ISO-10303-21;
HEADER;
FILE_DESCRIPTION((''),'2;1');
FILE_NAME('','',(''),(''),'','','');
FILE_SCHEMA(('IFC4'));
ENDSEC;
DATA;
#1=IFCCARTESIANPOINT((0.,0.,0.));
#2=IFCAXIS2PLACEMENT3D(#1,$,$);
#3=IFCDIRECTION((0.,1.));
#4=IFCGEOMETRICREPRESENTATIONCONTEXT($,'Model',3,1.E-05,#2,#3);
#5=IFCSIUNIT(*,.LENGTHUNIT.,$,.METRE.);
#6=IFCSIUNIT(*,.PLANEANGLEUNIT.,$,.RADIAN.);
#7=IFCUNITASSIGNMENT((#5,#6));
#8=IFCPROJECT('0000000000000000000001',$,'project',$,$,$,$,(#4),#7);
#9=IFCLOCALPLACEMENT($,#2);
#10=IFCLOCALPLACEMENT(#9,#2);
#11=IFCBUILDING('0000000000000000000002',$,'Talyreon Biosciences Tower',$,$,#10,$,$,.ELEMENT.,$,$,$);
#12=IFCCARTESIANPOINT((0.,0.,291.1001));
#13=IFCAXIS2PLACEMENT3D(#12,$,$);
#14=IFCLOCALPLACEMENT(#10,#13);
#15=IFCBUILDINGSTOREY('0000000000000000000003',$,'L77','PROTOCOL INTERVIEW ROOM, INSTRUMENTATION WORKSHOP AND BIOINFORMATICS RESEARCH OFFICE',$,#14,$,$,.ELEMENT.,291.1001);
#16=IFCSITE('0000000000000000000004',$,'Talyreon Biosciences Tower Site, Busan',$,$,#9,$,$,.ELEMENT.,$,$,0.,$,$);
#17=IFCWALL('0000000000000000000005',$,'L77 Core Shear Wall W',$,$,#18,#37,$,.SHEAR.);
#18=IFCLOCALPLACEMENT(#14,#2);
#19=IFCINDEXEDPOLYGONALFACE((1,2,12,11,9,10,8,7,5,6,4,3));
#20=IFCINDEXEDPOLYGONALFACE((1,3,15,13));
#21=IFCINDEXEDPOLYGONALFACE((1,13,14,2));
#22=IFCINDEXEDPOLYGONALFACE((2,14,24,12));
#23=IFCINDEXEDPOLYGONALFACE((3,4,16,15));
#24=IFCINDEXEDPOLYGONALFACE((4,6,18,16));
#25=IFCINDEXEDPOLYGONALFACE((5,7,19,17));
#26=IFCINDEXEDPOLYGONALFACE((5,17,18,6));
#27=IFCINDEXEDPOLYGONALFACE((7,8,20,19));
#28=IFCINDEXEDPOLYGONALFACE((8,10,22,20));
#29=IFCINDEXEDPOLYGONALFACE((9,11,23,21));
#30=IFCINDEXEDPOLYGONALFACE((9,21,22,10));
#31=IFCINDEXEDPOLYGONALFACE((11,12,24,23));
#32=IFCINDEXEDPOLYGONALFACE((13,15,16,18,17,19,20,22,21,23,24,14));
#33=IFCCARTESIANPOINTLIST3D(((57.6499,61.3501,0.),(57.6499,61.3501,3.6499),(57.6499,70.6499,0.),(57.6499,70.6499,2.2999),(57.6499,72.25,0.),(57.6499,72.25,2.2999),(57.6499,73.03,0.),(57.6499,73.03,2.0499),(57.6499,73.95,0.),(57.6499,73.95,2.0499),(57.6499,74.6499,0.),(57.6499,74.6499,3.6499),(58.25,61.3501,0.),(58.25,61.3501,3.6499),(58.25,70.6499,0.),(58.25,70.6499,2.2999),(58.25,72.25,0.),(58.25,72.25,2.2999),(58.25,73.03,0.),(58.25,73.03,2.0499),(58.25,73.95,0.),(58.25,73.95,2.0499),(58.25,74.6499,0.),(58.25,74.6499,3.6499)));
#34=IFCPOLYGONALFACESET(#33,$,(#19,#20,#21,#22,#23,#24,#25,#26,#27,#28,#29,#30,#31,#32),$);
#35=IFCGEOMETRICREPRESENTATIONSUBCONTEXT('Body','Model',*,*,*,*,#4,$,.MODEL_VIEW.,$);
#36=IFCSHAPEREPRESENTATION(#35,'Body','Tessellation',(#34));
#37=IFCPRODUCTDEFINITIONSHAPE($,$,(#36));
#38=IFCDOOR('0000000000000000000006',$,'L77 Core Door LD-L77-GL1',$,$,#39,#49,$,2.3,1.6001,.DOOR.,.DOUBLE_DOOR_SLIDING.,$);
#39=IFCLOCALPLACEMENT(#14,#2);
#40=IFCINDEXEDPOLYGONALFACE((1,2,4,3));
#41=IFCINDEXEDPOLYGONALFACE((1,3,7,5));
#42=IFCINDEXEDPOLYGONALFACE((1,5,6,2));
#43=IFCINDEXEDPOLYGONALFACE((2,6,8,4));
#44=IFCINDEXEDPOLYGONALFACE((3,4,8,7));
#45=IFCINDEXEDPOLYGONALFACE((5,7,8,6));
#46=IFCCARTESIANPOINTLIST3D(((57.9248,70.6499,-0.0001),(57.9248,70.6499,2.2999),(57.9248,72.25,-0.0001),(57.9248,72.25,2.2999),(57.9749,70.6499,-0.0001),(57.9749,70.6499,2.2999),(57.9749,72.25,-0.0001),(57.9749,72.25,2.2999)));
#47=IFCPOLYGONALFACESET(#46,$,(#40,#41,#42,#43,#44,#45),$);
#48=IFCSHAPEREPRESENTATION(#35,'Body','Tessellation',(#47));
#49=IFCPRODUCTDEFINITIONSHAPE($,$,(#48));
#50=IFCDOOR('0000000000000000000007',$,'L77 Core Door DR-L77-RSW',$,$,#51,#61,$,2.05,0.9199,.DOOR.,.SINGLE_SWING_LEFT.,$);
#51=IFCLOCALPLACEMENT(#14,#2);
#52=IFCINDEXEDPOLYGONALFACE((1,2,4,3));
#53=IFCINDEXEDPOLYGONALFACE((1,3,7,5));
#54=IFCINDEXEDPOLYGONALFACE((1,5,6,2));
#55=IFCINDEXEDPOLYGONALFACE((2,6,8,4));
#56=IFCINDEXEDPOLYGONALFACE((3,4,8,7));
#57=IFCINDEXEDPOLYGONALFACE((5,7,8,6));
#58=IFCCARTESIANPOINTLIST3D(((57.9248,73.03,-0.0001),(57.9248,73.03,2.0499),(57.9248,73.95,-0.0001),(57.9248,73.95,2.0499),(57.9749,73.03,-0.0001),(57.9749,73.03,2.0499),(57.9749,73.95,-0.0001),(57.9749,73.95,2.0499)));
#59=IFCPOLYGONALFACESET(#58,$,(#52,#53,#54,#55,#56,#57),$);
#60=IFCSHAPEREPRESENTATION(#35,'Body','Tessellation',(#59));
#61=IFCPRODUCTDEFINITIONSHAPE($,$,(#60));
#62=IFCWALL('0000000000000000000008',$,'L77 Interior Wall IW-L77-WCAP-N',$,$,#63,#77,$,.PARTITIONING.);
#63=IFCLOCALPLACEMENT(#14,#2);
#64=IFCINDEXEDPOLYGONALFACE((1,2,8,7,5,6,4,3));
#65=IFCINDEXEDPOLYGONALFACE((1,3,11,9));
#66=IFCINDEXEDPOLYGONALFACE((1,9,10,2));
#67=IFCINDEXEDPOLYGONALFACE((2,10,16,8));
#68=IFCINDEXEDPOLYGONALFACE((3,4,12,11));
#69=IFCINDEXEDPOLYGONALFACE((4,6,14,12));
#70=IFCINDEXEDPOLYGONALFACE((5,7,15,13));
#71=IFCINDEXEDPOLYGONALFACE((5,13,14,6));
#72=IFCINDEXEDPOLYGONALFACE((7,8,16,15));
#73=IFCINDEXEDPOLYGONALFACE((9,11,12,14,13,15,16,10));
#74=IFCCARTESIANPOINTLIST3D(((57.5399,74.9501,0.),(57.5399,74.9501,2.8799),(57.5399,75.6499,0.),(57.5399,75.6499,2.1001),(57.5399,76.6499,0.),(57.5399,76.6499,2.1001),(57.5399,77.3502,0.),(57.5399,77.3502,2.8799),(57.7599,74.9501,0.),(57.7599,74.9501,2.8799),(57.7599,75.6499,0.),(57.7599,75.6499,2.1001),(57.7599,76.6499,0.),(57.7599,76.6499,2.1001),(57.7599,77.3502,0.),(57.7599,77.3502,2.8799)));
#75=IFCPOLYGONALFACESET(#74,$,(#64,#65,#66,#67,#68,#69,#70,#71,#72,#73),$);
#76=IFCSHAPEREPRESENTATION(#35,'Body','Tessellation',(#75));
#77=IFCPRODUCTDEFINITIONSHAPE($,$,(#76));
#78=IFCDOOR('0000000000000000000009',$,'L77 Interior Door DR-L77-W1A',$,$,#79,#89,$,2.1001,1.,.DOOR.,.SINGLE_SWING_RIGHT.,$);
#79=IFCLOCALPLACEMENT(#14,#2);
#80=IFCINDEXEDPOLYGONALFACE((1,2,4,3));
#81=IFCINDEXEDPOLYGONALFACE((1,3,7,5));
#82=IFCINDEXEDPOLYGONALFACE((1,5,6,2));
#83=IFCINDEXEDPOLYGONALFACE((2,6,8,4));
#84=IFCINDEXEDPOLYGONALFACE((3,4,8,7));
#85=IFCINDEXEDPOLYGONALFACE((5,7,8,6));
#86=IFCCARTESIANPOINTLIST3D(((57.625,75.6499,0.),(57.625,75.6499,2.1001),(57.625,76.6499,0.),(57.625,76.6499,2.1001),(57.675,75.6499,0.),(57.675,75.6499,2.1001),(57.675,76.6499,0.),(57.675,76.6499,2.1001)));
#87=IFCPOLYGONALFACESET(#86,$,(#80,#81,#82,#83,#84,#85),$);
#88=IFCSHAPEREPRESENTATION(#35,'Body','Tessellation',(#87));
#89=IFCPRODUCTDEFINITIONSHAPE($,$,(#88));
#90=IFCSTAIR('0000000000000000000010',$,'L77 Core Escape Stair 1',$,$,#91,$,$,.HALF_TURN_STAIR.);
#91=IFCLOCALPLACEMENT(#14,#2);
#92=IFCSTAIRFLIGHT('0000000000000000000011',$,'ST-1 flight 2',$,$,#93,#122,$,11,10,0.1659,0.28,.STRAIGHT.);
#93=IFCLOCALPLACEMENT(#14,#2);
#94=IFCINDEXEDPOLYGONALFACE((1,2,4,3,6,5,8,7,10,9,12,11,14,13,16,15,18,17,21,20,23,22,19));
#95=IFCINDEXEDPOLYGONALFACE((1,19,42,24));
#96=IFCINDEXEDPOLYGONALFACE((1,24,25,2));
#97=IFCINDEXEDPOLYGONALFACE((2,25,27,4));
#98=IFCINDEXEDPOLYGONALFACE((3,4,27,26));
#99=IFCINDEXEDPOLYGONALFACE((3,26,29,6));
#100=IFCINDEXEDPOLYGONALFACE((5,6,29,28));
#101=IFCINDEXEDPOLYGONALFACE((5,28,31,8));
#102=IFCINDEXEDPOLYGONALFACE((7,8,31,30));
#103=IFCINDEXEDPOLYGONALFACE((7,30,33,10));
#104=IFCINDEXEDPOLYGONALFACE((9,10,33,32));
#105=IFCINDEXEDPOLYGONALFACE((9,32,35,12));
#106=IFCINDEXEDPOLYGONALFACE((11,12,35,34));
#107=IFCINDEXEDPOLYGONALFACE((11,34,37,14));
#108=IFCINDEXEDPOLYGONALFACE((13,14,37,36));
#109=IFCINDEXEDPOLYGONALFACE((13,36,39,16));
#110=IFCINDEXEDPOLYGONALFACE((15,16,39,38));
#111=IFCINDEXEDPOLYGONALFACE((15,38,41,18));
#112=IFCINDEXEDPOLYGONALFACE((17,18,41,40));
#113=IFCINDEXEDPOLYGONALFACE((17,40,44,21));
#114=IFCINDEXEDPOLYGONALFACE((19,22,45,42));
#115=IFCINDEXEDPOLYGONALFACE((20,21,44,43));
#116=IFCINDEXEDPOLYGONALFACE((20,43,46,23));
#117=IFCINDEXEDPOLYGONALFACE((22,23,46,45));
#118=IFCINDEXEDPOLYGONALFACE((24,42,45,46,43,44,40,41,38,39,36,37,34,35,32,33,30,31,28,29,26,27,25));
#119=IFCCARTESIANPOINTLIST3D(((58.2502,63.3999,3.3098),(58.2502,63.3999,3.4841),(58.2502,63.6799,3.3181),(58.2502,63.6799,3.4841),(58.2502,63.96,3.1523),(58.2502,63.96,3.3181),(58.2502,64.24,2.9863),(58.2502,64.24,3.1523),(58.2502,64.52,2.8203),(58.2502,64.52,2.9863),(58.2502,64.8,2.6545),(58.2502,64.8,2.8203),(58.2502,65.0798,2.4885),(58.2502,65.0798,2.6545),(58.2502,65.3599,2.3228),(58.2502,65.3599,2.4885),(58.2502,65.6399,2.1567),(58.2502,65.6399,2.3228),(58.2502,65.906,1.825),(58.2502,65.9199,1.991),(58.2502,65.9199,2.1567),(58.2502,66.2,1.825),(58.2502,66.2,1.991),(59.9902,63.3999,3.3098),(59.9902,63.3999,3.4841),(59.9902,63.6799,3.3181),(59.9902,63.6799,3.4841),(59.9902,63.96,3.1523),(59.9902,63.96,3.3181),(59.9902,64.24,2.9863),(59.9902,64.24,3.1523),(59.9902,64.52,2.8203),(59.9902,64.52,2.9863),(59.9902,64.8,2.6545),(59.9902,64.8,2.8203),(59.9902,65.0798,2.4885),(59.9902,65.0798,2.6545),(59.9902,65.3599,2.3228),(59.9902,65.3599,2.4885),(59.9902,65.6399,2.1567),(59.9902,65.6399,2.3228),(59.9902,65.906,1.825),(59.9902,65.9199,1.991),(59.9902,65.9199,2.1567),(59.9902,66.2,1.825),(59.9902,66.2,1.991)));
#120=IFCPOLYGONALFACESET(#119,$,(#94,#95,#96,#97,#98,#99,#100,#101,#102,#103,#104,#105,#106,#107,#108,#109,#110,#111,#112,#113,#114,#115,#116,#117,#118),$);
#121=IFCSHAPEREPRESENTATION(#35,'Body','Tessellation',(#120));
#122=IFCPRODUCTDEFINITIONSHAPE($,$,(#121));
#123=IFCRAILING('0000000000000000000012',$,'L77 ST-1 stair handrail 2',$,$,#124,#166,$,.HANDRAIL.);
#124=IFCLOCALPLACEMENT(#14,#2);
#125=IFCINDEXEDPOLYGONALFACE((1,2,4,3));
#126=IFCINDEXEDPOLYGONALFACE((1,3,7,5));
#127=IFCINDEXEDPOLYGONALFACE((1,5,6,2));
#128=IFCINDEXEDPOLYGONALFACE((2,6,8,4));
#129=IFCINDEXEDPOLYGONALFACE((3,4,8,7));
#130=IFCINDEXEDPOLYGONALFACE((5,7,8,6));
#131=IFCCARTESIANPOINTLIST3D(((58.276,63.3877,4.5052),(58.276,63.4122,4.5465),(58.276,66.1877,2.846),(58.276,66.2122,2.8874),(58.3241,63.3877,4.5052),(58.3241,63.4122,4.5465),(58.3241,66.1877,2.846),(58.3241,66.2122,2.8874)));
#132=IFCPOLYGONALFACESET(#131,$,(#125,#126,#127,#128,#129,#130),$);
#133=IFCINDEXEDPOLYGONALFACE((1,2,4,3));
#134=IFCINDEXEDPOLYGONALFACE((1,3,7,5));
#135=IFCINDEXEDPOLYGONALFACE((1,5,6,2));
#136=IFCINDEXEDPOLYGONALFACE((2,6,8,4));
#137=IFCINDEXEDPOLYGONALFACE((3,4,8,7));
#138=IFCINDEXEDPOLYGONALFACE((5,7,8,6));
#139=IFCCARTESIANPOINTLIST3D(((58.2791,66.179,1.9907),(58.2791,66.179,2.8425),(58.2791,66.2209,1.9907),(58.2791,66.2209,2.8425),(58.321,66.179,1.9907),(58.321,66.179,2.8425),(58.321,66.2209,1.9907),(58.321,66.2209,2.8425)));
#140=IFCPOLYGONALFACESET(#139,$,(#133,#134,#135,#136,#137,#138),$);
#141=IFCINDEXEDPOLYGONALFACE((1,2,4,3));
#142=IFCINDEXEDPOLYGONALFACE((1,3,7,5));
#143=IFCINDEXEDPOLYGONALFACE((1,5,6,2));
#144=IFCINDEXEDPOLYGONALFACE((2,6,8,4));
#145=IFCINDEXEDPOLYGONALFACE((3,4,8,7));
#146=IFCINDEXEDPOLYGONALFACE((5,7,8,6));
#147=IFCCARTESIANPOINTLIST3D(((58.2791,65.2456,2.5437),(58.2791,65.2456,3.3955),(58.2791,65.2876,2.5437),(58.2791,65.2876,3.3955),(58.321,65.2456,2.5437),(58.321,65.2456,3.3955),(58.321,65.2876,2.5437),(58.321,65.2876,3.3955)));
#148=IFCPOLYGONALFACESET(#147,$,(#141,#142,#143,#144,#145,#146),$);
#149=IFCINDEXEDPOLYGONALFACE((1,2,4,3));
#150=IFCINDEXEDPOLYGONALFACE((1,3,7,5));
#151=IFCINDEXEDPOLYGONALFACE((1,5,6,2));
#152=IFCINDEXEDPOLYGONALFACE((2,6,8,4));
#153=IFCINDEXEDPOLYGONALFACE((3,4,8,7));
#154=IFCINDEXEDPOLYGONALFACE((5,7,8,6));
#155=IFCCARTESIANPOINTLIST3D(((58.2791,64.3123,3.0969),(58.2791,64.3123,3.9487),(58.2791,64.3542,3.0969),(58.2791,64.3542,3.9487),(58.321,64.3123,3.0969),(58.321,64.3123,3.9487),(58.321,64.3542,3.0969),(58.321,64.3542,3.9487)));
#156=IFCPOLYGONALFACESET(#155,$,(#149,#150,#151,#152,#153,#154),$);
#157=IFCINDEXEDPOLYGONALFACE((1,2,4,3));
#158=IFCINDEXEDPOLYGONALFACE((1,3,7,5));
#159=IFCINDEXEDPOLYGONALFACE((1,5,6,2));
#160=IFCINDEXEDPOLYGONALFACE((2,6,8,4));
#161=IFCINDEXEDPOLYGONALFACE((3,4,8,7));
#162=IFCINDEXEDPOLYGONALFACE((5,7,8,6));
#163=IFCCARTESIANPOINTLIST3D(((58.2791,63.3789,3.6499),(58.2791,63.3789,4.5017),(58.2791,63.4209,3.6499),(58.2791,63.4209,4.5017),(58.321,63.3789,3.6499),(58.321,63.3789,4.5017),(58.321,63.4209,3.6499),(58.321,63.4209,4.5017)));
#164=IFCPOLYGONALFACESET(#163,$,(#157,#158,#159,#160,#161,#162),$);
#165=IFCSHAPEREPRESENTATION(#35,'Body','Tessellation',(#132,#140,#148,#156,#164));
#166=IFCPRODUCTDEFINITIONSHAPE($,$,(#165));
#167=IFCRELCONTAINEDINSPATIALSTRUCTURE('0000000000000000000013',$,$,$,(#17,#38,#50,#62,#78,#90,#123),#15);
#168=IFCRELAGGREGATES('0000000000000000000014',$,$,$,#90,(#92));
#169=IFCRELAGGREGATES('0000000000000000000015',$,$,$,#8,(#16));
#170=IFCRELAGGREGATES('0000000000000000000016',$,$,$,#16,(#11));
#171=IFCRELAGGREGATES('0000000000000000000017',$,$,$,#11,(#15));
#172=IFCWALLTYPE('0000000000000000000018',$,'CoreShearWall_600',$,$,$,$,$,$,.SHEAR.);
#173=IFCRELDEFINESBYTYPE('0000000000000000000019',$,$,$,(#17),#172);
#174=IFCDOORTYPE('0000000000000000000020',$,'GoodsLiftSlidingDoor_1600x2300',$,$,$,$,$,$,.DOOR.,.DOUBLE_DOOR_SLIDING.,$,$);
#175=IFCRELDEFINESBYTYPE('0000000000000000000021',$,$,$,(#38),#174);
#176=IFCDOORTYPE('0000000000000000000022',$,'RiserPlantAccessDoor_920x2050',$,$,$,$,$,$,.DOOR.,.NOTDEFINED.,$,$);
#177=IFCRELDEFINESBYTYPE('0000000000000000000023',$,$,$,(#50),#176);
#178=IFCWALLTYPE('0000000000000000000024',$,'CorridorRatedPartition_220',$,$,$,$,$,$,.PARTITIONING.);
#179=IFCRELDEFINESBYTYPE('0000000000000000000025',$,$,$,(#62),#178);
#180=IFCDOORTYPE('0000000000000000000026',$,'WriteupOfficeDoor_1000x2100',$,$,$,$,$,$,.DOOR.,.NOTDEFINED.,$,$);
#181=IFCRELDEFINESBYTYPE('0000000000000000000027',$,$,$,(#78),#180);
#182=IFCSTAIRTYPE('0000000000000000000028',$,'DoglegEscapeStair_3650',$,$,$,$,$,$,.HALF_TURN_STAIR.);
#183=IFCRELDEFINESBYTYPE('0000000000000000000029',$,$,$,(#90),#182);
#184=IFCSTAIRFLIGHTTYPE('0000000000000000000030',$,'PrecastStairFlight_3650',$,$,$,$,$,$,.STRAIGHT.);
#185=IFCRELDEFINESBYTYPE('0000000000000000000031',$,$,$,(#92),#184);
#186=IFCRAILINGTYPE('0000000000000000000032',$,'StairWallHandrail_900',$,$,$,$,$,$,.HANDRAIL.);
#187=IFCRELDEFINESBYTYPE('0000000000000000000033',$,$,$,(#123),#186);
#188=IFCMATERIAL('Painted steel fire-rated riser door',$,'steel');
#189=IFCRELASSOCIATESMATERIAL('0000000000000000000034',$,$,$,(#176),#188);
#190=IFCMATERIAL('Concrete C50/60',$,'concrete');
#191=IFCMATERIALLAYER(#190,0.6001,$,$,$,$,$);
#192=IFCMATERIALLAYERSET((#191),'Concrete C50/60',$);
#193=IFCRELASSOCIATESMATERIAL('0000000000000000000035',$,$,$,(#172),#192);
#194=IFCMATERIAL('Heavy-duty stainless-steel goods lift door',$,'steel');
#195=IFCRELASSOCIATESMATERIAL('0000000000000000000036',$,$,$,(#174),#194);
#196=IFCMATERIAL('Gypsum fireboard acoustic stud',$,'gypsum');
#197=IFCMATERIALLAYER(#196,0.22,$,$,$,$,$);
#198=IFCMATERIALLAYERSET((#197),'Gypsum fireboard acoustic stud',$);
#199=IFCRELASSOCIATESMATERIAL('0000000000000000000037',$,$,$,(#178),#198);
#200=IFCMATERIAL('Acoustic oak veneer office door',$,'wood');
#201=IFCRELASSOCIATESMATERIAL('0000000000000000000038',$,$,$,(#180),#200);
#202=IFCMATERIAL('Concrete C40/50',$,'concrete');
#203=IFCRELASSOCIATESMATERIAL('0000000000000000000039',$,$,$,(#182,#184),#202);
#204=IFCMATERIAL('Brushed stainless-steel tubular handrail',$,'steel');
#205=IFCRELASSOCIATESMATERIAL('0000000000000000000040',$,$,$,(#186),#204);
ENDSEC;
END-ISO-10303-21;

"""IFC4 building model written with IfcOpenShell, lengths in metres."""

from ifc_helpers import new_model, si_unit, direction, frame, frame_2d, origin, origin_2d, place, context, subcontext, project, spatial, polyline, rectangle, outline, extrude, material, layer, layer_set, type_object, element, fill, aggregate, save


model = new_model("IFC4")

# Units and contexts
model_context = context("Model", 3, precision=1e-05, world=origin(), true_north=direction((0.0, 1.0)))
body_context = subcontext(model_context, "Body", "Model", "MODEL_VIEW")
ifc_project = project(units=[si_unit("LENGTHUNIT", "METRE"), si_unit("PLANEANGLEUNIT", "RADIAN")], contexts=[model_context])

# Site, building, storey
site_placement = place(None, origin())
site = spatial("IfcSite", under=ifc_project, at=site_placement, Name="Talyreon Biosciences Tower Site, Busan", CompositionType="ELEMENT", RefElevation=0.0)
building_placement = place(site_placement, origin())
building = spatial("IfcBuilding", under=site, at=building_placement, Name="Talyreon Biosciences Tower", CompositionType="ELEMENT")
storey_placement = place(building_placement, frame((0.0, 0.0, 291.1001)))
storey = spatial("IfcBuildingStorey", under=building, at=storey_placement, Name="L77", Description="PROTOCOL INTERVIEW ROOM, INSTRUMENTATION WORKSHOP AND BIOINFORMATICS RESEARCH OFFICE", CompositionType="ELEMENT", Elevation=291.1001)

# Shared definitions
ifc_material_1 = material(Name="Concrete C50/60", Category="concrete")

# Shared definitions
ifc_material_2 = material(Name="Painted steel fire-rated riser door", Category="steel")
door_type_1 = type_object("IfcDoorType", Name="RiserPlantAccessDoor_920x2050", OperationType="NOTDEFINED", PredefinedType="DOOR", material=ifc_material_2)

# Wall, openings, doors
ifc_layer_1 = layer(ifc_material_1, 0.6001)
ifc_layer_set_1 = layer_set([ifc_layer_1], Name="Concrete C50/60")
wall_type_1 = type_object("IfcWallType", Name="CoreShearWall_600", PredefinedType="SHEAR", material=ifc_layer_set_1)
wall_1_placement = place(storey_placement, frame((57.95, 74.6499, 0.0), z_axis=(0.0, 0.0, 1.0), x_axis=(0.0, -1.0, 0.0)))
wall_1 = element("IfcWall", 1, at=wall_1_placement, inside=storey, type_object=wall_type_1, Name="L77 Core Shear Wall W", PredefinedType="SHEAR", context=body_context, shape_type="SweptSolid", body=[
    extrude(rectangle(XDim=13.2998, YDim=0.6001, at=frame_2d((6.6499, 0.0))), origin(), (0.0, 0.0, 1.0), 3.6499),
])
opening_1_placement = place(wall_1_placement, frame((0.7, 0.0, 0.0)))
opening_1 = element("IfcOpeningElement", 2, at=opening_1_placement, cuts=wall_1, PredefinedType="OPENING", context=body_context, shape_type="SweptSolid", body=[
    extrude(rectangle(XDim=0.9199, YDim=2.05, at=frame_2d((0.46, 1.0249))), frame((0.0, 0.3101, 0.0), z_axis=(0.0, -1.0, 0.0), x_axis=(1.0, 0.0, 0.0)), (0.0, 0.0, 1.0), 0.6201),
])
opening_2_placement = place(wall_1_placement, frame((2.3999, 0.0, 0.0)))
opening_2 = element("IfcOpeningElement", 3, at=opening_2_placement, cuts=wall_1, PredefinedType="OPENING", context=body_context, shape_type="SweptSolid", body=[
    extrude(rectangle(XDim=1.6001, YDim=2.3, at=frame_2d((0.8, 1.1499))), frame((0.0, 0.3101, 0.0), z_axis=(0.0, -1.0, 0.0), x_axis=(1.0, 0.0, 0.0)), (0.0, 0.0, 1.0), 0.6201),
])
ifc_material_3 = material(Name="Heavy-duty stainless-steel goods lift door", Category="steel")
door_type_2 = type_object("IfcDoorType", Name="GoodsLiftSlidingDoor_1600x2300", OperationType="DOUBLE_DOOR_SLIDING", PredefinedType="DOOR", material=ifc_material_3)
door_1_placement = place(opening_2_placement, origin())
door_1 = element("IfcDoor", 4, at=door_1_placement, inside=storey, type_object=door_type_2, Name="L77 Core Door LD-L77-GL1", OperationType="DOUBLE_DOOR_SLIDING", OverallHeight=2.3, OverallWidth=1.6001, PredefinedType="DOOR", context=body_context, shape_type="SweptSolid", body=[
    extrude(rectangle(XDim=1.6001, YDim=2.3, at=frame_2d((0.8, 1.1499))), frame((0.0, 0.0249, 0.0), z_axis=(0.0, -1.0, 0.0), x_axis=(1.0, 0.0, 0.0)), (0.0, 0.0, 1.0), 0.05),
])
fill(opening_2, door_1)
door_2_placement = place(opening_1_placement, origin())
door_2 = element("IfcDoor", 5, at=door_2_placement, inside=storey, type_object=door_type_1, Name="L77 Core Door DR-L77-RSW", OperationType="SINGLE_SWING_LEFT", OverallHeight=2.05, OverallWidth=0.9199, PredefinedType="DOOR", context=body_context, shape_type="SweptSolid", body=[
    extrude(rectangle(XDim=0.9199, YDim=2.05, at=frame_2d((0.46, 1.0249))), frame((0.0, 0.0249, 0.0), z_axis=(0.0, -1.0, 0.0), x_axis=(1.0, 0.0, 0.0)), (0.0, 0.0, 1.0), 0.05),
])
fill(opening_1, door_2)

# Wall, opening, door
ifc_material_4 = material(Name="Gypsum fireboard acoustic stud", Category="gypsum")
ifc_layer_2 = layer(ifc_material_4, 0.22)
ifc_layer_set_2 = layer_set([ifc_layer_2], Name="Gypsum fireboard acoustic stud")
wall_type_2 = type_object("IfcWallType", Name="CorridorRatedPartition_220", PredefinedType="PARTITIONING", material=ifc_layer_set_2)
wall_2_placement = place(storey_placement, frame((57.6499, 74.95, 0.0), z_axis=(0.0, 0.0, 1.0), x_axis=(0.0, 1.0, 0.0)))
wall_2 = element("IfcWall", 6, at=wall_2_placement, inside=storey, type_object=wall_type_2, Name="L77 Interior Wall IW-L77-WCAP-N", PredefinedType="PARTITIONING", context=body_context, shape_type="SweptSolid", body=[
    extrude(rectangle(XDim=2.4001, YDim=0.22, at=frame_2d((1.2002, 0.0))), origin(), (0.0, 0.0, 1.0), 2.8799),
])
opening_3_placement = place(wall_2_placement, frame((0.7, 0.0, 0.0)))
opening_3 = element("IfcOpeningElement", 7, at=opening_3_placement, cuts=wall_2, PredefinedType="OPENING", context=body_context, shape_type="SweptSolid", body=[
    extrude(rectangle(XDim=1.0, YDim=2.1001, at=frame_2d((0.5, 1.05))), frame((0.0, 0.1199, 0.0), z_axis=(0.0, -1.0, 0.0), x_axis=(1.0, 0.0, 0.0)), (0.0, 0.0, 1.0), 0.24),
])
ifc_material_5 = material(Name="Acoustic oak veneer office door", Category="wood")
door_type_3 = type_object("IfcDoorType", Name="WriteupOfficeDoor_1000x2100", OperationType="NOTDEFINED", PredefinedType="DOOR", material=ifc_material_5)
door_3_placement = place(opening_3_placement, origin())
door_3 = element("IfcDoor", 8, at=door_3_placement, inside=storey, type_object=door_type_3, Name="L77 Interior Door DR-L77-W1A", OperationType="SINGLE_SWING_RIGHT", OverallHeight=2.1001, OverallWidth=1.0, PredefinedType="DOOR", context=body_context, shape_type="SweptSolid", body=[
    extrude(rectangle(XDim=1.0, YDim=2.1001, at=frame_2d((0.5, 1.05))), frame((0.0, 0.0249, 0.0), z_axis=(0.0, -1.0, 0.0), x_axis=(1.0, 0.0, 0.0)), (0.0, 0.0, 1.0), 0.05),
])
fill(opening_3, door_3)

# Stair, stair flight
ifc_material_6 = material(Name="Concrete C40/50", Category="concrete")
stair_type = type_object("IfcStairType", Name="DoglegEscapeStair_3650", PredefinedType="HALF_TURN_STAIR", material=ifc_material_6)
stair_placement = place(storey_placement, origin())
stair = element("IfcStair", 9, at=stair_placement, inside=storey, type_object=stair_type, Name="L77 Core Escape Stair 1", PredefinedType="HALF_TURN_STAIR")
stair_flight_type = type_object("IfcStairFlightType", Name="PrecastStairFlight_3650", PredefinedType="STRAIGHT", material=ifc_material_6)
stair_flight_placement = place(storey_placement, frame((59.1201, 66.2, 1.825), z_axis=(0.0, 0.0, 1.0), x_axis=(0.0, -1.0, 0.0)))
stair_flight = element("IfcStairFlight", 10, at=stair_flight_placement, type_object=stair_flight_type, Name="ST-1 flight 2", NumberOfRisers=11, NumberOfTreads=10, PredefinedType="STRAIGHT", RiserHeight=0.1659, TreadLength=0.28, context=body_context, shape_type="SweptSolid", body=[
    extrude(outline(polyline([(0.0, 0.0), (0.0, 0.166), (0.28, 0.166), (0.28, 0.3318), (0.5601, 0.3318), (0.5601, 0.4978), (0.8401, 0.4978), (0.8401, 0.6636), (1.1201, 0.6636), (1.1201, 0.8296), (1.3999, 0.8296), (1.3999, 0.9954), (1.6799, 0.9954), (1.6799, 1.1614), (1.96, 1.1614), (1.96, 1.3274), (2.24, 1.3274), (2.24, 1.4932), (2.52, 1.4932), (2.52, 1.6592), (2.8, 1.6592), (2.8, 1.825), (2.8, 1.4849), (0.2939, 0.0), (0.0, 0.0)])), frame((0.0, 0.8701, 0.0), z_axis=(0.0, -1.0, 0.0), x_axis=(1.0, 0.0, 0.0)), (0.0, 0.0, 1.0), 1.74),
])
aggregate(stair, [stair_flight])

# Railing
ifc_material_7 = material(Name="Brushed stainless-steel tubular handrail", Category="steel")
railing_type_1 = type_object("IfcRailingType", Name="StairWallHandrail_900", PredefinedType="HANDRAIL", material=ifc_material_7)
railing_1_placement = place(storey_placement, frame((58.3, 66.2, 1.9907)))
element("IfcRailing", 11, at=railing_1_placement, inside=storey, type_object=railing_type_1, Name="L77 ST-1 stair handrail 2", PredefinedType="HANDRAIL", context=body_context, shape_type="SweptSolid", body=[
    extrude(rectangle(XDim=0.0481, YDim=0.0481, at=origin_2d()), frame((0.0, 0.0, 0.876), z_axis=(0.0, -0.860306, 0.509778), x_axis=(1.0, 0.0, 0.0)), (0.0, 0.0, 1.0), 3.2546),
    extrude(rectangle(XDim=0.042, YDim=0.042, at=origin_2d()), origin(), (0.0, 0.0, 1.0), 0.8518),
    extrude(rectangle(XDim=0.042, YDim=0.042, at=origin_2d()), frame((0.0, -0.9333, 0.553)), (0.0, 0.0, 1.0), 0.8518),
    extrude(rectangle(XDim=0.042, YDim=0.042, at=origin_2d()), frame((0.0, -1.8667, 1.1062)), (0.0, 0.0, 1.0), 0.8518),
    extrude(rectangle(XDim=0.042, YDim=0.042, at=origin_2d()), frame((0.0, -2.8, 1.6592)), (0.0, 0.0, 1.0), 0.8518),
])

save(model, "model.ifc")
